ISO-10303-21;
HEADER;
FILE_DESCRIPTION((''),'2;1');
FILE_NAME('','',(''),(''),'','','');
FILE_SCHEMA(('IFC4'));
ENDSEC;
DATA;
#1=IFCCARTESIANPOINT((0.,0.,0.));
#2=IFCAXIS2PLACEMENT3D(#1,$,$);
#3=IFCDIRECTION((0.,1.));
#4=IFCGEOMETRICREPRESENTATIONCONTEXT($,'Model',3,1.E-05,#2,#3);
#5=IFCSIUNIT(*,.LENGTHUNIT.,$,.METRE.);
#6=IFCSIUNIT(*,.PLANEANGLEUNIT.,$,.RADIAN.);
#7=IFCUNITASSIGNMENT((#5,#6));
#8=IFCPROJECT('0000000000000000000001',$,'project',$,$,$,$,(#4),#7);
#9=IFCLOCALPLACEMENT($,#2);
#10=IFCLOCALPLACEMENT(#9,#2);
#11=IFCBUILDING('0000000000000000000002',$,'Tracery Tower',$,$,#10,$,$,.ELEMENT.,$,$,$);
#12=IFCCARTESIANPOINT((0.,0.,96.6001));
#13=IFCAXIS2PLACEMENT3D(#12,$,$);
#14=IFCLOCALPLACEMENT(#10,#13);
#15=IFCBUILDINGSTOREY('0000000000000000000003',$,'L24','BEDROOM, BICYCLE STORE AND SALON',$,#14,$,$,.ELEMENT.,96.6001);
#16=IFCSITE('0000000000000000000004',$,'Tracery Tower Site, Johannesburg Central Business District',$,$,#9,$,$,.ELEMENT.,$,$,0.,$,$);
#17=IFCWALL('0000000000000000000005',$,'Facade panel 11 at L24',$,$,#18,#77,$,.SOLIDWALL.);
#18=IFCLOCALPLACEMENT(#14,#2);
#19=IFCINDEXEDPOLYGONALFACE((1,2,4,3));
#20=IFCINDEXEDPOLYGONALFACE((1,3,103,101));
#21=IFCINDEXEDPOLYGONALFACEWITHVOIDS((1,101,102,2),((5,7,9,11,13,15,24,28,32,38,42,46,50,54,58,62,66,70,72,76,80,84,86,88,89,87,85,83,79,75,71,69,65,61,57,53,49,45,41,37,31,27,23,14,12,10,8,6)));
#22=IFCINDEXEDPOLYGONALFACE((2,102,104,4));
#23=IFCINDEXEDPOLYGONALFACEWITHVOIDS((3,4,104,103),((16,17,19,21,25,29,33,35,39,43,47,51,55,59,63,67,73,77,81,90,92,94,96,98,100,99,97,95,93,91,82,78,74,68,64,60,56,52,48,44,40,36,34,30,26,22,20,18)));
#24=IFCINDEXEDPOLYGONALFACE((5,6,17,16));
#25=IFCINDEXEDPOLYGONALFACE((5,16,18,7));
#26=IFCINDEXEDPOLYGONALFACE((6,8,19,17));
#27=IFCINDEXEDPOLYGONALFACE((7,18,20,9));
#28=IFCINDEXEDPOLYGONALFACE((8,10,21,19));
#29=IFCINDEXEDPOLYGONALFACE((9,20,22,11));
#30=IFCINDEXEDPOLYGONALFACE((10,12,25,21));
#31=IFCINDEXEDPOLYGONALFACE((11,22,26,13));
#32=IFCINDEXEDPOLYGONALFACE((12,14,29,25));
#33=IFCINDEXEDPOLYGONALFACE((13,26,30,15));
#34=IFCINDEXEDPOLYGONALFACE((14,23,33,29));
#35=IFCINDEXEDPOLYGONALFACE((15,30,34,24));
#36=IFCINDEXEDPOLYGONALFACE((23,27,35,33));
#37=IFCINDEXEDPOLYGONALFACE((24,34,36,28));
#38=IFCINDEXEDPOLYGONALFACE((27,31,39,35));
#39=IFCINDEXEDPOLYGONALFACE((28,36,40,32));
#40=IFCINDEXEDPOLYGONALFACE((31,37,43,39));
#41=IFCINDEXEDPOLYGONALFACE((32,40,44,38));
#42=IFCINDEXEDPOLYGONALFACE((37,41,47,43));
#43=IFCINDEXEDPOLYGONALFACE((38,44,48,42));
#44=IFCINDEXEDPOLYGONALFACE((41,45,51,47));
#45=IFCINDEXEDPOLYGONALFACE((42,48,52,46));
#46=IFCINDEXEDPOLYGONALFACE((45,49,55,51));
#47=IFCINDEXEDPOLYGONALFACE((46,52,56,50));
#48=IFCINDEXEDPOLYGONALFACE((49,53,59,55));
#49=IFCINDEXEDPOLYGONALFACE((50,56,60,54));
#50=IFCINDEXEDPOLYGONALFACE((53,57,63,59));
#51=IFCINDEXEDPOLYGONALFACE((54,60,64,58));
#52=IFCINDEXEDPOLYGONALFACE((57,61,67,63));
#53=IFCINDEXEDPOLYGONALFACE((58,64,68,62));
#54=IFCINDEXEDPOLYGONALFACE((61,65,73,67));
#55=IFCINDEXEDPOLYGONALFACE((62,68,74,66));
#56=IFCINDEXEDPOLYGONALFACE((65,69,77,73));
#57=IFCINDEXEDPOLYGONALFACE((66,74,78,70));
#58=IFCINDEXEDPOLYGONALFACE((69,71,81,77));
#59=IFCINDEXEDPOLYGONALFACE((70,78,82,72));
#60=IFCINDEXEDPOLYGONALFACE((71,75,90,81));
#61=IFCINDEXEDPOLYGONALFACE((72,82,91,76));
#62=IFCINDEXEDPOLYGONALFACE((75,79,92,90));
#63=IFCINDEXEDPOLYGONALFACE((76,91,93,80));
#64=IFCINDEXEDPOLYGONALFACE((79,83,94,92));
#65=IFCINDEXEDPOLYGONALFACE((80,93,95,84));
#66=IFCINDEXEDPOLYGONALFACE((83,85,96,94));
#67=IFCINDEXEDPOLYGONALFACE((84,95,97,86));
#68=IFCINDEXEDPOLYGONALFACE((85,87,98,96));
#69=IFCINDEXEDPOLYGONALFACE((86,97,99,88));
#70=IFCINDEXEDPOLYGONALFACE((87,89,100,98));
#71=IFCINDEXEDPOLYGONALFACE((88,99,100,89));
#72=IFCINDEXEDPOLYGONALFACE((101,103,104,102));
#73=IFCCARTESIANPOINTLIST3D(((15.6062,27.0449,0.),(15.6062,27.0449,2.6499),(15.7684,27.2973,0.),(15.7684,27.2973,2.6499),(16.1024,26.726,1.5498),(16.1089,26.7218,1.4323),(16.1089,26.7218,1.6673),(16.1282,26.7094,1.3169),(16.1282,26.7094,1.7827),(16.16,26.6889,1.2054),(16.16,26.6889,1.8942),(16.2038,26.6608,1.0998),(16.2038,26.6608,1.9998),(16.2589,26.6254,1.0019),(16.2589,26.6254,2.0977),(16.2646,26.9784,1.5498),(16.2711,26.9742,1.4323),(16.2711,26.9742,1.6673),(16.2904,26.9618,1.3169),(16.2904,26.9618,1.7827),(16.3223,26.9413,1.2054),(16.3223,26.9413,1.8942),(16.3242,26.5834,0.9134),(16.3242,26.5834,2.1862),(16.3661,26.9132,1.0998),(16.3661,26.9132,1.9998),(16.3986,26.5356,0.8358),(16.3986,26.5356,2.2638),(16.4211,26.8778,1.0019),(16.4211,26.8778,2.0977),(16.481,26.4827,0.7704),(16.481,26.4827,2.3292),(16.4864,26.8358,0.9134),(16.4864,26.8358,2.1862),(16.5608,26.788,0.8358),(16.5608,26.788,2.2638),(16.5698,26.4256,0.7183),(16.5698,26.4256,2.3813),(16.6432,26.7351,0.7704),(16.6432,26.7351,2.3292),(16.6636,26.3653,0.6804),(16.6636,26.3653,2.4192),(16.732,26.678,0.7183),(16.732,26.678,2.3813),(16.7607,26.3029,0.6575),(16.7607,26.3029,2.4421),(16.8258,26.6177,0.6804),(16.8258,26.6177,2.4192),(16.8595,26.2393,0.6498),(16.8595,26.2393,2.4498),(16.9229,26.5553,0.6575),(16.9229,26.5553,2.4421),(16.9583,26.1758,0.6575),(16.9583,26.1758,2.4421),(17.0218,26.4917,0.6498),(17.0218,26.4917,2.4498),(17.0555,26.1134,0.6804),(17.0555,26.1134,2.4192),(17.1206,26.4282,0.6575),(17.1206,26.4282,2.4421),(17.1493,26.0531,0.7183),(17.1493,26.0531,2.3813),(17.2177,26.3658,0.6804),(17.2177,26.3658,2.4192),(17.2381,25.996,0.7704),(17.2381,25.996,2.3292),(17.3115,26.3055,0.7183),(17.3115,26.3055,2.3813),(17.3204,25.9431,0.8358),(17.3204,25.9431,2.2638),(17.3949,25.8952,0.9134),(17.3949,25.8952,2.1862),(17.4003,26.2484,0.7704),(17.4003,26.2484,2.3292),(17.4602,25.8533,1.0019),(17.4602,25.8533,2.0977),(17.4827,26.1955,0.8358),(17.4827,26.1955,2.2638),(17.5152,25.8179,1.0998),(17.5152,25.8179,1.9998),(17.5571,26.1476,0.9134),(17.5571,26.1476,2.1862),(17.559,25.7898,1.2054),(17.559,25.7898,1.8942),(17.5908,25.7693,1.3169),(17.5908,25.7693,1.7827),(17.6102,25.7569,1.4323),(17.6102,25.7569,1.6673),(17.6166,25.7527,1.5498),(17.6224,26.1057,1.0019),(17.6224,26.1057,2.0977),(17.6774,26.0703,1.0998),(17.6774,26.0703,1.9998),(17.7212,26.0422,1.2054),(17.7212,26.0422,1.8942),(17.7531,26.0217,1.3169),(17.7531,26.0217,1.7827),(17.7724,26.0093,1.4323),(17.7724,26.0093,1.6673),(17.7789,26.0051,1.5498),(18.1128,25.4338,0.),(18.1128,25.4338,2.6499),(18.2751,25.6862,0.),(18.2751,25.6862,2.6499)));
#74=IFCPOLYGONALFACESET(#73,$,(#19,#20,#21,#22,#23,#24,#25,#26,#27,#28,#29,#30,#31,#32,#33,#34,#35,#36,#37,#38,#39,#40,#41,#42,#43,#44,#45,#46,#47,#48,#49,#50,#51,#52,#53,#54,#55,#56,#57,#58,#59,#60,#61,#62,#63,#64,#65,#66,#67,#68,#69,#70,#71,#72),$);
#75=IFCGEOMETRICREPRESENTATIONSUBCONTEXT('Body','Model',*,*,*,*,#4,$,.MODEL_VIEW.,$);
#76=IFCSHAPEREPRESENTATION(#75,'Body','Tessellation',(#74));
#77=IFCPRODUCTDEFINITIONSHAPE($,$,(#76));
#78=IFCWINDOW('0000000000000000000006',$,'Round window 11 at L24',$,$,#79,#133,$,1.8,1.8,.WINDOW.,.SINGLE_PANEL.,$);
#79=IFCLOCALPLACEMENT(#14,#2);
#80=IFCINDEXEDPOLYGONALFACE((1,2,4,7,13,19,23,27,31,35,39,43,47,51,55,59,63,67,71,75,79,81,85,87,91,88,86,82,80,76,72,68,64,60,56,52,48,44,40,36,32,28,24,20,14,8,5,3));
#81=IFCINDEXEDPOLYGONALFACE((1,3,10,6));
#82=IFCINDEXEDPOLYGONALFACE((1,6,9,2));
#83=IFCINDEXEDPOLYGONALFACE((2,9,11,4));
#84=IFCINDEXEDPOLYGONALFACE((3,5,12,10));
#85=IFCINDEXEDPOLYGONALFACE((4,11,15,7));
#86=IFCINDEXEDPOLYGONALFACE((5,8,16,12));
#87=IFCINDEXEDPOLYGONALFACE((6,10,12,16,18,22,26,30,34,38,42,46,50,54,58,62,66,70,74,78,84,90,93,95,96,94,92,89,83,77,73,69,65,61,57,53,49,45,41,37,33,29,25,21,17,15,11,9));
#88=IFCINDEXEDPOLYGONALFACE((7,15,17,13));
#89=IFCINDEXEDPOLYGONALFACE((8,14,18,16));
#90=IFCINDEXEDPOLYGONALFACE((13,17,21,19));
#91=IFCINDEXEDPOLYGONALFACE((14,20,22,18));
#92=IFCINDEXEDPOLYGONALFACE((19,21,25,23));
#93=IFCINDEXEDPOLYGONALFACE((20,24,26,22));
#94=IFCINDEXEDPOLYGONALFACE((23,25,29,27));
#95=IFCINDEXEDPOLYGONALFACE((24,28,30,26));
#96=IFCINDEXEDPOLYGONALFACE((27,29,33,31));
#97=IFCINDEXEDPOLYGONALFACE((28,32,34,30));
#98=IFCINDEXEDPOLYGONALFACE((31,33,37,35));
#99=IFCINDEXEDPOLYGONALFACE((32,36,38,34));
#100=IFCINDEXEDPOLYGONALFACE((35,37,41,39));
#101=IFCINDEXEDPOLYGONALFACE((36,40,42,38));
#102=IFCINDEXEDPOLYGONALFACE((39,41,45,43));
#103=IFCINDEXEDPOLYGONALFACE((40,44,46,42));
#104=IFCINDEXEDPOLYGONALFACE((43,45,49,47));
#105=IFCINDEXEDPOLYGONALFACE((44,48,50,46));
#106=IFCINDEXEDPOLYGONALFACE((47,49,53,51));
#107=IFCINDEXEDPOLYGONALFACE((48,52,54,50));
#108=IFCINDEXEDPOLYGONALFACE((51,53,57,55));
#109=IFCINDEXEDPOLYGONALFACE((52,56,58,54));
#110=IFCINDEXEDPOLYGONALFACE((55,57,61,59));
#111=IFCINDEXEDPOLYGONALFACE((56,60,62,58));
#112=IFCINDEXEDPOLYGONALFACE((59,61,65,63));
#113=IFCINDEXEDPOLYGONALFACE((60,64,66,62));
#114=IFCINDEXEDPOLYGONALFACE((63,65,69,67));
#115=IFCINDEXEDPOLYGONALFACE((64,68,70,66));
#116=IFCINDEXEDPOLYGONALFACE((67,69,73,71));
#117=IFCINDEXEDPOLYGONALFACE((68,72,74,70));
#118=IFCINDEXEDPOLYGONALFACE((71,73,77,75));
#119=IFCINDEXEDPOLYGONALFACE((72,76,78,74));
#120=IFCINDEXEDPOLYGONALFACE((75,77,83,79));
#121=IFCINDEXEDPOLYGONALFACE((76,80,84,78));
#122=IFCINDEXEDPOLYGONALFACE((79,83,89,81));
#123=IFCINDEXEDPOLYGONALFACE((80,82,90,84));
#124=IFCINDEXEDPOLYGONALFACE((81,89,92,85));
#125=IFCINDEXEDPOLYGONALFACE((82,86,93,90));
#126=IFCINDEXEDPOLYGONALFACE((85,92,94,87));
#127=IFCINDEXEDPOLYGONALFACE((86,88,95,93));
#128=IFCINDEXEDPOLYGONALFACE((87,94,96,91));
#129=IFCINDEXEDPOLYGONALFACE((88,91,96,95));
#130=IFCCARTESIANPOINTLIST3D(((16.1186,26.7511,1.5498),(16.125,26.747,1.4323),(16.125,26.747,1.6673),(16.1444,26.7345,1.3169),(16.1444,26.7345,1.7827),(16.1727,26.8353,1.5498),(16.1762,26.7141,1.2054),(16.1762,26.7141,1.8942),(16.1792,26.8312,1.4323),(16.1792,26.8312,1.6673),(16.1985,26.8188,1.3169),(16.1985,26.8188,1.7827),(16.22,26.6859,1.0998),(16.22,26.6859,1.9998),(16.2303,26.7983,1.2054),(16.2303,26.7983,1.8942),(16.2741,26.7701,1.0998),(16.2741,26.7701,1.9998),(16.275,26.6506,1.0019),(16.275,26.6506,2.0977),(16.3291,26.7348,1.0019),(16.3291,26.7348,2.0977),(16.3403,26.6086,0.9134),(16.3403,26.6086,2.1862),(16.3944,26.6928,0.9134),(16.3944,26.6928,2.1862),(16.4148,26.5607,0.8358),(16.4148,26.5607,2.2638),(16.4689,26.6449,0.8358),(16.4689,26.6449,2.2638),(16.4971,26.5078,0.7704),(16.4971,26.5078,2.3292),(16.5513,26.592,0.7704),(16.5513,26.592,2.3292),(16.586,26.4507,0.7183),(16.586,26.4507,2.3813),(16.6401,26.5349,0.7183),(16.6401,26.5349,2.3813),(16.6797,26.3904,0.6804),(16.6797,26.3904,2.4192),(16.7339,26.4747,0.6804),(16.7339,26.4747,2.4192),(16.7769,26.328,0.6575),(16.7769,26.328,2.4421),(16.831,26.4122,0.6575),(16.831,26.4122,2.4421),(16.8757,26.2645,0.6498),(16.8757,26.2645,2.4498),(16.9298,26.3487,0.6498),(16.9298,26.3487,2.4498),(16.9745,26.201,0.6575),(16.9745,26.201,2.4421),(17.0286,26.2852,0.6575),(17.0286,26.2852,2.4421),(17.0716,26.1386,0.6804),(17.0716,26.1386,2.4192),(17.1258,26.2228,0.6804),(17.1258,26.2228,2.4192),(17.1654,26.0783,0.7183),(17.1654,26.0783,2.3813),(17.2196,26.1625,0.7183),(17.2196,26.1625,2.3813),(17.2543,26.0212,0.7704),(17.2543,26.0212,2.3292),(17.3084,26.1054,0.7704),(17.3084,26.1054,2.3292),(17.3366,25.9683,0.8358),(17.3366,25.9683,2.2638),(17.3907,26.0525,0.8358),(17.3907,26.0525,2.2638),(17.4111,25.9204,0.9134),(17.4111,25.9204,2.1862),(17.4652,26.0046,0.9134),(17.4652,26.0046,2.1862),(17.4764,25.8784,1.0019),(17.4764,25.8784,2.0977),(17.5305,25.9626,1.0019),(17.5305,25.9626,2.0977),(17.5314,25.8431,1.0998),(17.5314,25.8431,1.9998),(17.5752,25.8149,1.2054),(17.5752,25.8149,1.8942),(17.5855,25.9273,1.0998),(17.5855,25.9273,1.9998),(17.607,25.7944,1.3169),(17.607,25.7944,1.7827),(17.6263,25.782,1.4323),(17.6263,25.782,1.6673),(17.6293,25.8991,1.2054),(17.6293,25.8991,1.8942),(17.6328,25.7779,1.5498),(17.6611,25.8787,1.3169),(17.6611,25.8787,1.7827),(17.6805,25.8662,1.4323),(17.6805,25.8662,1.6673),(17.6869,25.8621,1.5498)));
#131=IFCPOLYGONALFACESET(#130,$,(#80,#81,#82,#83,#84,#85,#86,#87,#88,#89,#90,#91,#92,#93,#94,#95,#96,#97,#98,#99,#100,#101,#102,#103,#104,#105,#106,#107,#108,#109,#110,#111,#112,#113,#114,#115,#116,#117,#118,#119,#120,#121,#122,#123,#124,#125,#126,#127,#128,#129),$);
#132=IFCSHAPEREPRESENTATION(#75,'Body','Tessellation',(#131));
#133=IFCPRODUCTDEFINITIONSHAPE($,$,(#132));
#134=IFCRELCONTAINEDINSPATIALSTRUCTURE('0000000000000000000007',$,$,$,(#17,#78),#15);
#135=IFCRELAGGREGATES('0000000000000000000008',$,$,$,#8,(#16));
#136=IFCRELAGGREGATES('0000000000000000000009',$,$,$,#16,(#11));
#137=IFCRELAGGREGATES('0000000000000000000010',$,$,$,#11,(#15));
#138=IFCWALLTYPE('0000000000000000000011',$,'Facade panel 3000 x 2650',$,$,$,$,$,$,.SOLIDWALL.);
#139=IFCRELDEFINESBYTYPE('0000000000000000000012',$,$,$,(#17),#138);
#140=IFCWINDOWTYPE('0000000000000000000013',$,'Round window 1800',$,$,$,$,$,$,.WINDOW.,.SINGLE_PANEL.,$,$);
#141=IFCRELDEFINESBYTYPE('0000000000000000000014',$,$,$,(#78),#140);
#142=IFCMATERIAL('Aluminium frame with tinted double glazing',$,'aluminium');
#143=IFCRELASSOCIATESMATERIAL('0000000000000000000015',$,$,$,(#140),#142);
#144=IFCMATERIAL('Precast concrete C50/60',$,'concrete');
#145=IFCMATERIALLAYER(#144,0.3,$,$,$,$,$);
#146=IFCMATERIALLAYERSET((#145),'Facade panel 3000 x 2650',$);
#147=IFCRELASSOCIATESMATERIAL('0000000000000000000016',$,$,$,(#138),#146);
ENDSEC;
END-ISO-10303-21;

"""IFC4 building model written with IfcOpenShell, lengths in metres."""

from ifc_helpers import new_model, si_unit, direction, frame, frame_2d, origin, origin_2d, place, context, subcontext, project, spatial, rectangle, circle, extrude, material, layer, layer_set, type_object, element, fill, save


model = new_model("IFC4")

# Units and contexts
model_context = context("Model", 3, precision=1e-05, world=origin(), true_north=direction((0.0, 1.0)))
body_context = subcontext(model_context, "Body", "Model", "MODEL_VIEW")
ifc_project = project(units=[si_unit("LENGTHUNIT", "METRE"), si_unit("PLANEANGLEUNIT", "RADIAN")], contexts=[model_context])

# Site, building, storey
site_placement = place(None, origin())
site = spatial("IfcSite", under=ifc_project, at=site_placement, Name="Tracery Tower Site, Johannesburg Central Business District", CompositionType="ELEMENT", RefElevation=0.0)
building_placement = place(site_placement, origin())
building = spatial("IfcBuilding", under=site, at=building_placement, Name="Tracery Tower", CompositionType="ELEMENT")
storey_placement = place(building_placement, frame((0.0, 0.0, 96.6001)))
storey = spatial("IfcBuildingStorey", under=building, at=storey_placement, Name="L24", Description="BEDROOM, BICYCLE STORE AND SALON", CompositionType="ELEMENT", Elevation=96.6001)

# Wall, opening, window
ifc_material_1 = material(Name="Aluminium frame with tinted double glazing", Category="aluminium")
window_type = type_object("IfcWindowType", Name="Round window 1800", PartitioningType="SINGLE_PANEL", PredefinedType="WINDOW", material=ifc_material_1)
ifc_material_2 = material(Name="Precast concrete C50/60", Category="concrete")
ifc_layer_1 = layer(ifc_material_2, 0.3)
ifc_layer_set_1 = layer_set([ifc_layer_1], Name="Facade panel 3000 x 2650")
wall_type_1 = type_object("IfcWallType", Name="Facade panel 3000 x 2650", PredefinedType="SOLIDWALL", material=ifc_layer_set_1)
wall_1_placement = place(storey_placement, frame((18.1938, 25.5601, 0.0), z_axis=(0.0, 0.0, 1.0), x_axis=(-0.841224, 0.540687, 0.0)))
wall_1 = element("IfcWall", 1, at=wall_1_placement, inside=storey, type_object=wall_type_1, Name="Facade panel 11 at L24", PredefinedType="SOLIDWALL", context=body_context, shape_type="SweptSolid", body=[
    extrude(rectangle(XDim=2.9797, YDim=0.3, at=frame_2d((1.4897, 0.0))), origin(), (0.0, 0.0, 1.0), 2.6499),
])
opening_1_placement = place(wall_1_placement, frame((1.4897, 0.0, 1.5498)))
opening_1 = element("IfcOpeningElement", 2, at=opening_1_placement, cuts=wall_1, PredefinedType="OPENING", context=body_context, shape_type="SweptSolid", body=[
    extrude(circle(Radius=0.9, at=origin_2d()), frame((0.0, 0.1599, 0.0), z_axis=(0.0, -1.0, 0.0), x_axis=(1.0, 0.0, 0.0)), (0.0, 0.0, 1.0), 0.3201),
])
window_1_placement = place(opening_1_placement, origin())
window_1 = element("IfcWindow", 3, at=window_1_placement, inside=storey, type_object=window_type, Name="Round window 11 at L24", OverallHeight=1.8, OverallWidth=1.8, PartitioningType="SINGLE_PANEL", PredefinedType="WINDOW", context=body_context, shape_type="SweptSolid", body=[
    extrude(circle(Radius=0.9, at=origin_2d()), frame((0.0, 0.1201, 0.0), z_axis=(0.0, -1.0, 0.0), x_axis=(1.0, 0.0, 0.0)), (0.0, 0.0, 1.0), 0.1001),
])
fill(opening_1, window_1)

save(model, "model.ifc")
